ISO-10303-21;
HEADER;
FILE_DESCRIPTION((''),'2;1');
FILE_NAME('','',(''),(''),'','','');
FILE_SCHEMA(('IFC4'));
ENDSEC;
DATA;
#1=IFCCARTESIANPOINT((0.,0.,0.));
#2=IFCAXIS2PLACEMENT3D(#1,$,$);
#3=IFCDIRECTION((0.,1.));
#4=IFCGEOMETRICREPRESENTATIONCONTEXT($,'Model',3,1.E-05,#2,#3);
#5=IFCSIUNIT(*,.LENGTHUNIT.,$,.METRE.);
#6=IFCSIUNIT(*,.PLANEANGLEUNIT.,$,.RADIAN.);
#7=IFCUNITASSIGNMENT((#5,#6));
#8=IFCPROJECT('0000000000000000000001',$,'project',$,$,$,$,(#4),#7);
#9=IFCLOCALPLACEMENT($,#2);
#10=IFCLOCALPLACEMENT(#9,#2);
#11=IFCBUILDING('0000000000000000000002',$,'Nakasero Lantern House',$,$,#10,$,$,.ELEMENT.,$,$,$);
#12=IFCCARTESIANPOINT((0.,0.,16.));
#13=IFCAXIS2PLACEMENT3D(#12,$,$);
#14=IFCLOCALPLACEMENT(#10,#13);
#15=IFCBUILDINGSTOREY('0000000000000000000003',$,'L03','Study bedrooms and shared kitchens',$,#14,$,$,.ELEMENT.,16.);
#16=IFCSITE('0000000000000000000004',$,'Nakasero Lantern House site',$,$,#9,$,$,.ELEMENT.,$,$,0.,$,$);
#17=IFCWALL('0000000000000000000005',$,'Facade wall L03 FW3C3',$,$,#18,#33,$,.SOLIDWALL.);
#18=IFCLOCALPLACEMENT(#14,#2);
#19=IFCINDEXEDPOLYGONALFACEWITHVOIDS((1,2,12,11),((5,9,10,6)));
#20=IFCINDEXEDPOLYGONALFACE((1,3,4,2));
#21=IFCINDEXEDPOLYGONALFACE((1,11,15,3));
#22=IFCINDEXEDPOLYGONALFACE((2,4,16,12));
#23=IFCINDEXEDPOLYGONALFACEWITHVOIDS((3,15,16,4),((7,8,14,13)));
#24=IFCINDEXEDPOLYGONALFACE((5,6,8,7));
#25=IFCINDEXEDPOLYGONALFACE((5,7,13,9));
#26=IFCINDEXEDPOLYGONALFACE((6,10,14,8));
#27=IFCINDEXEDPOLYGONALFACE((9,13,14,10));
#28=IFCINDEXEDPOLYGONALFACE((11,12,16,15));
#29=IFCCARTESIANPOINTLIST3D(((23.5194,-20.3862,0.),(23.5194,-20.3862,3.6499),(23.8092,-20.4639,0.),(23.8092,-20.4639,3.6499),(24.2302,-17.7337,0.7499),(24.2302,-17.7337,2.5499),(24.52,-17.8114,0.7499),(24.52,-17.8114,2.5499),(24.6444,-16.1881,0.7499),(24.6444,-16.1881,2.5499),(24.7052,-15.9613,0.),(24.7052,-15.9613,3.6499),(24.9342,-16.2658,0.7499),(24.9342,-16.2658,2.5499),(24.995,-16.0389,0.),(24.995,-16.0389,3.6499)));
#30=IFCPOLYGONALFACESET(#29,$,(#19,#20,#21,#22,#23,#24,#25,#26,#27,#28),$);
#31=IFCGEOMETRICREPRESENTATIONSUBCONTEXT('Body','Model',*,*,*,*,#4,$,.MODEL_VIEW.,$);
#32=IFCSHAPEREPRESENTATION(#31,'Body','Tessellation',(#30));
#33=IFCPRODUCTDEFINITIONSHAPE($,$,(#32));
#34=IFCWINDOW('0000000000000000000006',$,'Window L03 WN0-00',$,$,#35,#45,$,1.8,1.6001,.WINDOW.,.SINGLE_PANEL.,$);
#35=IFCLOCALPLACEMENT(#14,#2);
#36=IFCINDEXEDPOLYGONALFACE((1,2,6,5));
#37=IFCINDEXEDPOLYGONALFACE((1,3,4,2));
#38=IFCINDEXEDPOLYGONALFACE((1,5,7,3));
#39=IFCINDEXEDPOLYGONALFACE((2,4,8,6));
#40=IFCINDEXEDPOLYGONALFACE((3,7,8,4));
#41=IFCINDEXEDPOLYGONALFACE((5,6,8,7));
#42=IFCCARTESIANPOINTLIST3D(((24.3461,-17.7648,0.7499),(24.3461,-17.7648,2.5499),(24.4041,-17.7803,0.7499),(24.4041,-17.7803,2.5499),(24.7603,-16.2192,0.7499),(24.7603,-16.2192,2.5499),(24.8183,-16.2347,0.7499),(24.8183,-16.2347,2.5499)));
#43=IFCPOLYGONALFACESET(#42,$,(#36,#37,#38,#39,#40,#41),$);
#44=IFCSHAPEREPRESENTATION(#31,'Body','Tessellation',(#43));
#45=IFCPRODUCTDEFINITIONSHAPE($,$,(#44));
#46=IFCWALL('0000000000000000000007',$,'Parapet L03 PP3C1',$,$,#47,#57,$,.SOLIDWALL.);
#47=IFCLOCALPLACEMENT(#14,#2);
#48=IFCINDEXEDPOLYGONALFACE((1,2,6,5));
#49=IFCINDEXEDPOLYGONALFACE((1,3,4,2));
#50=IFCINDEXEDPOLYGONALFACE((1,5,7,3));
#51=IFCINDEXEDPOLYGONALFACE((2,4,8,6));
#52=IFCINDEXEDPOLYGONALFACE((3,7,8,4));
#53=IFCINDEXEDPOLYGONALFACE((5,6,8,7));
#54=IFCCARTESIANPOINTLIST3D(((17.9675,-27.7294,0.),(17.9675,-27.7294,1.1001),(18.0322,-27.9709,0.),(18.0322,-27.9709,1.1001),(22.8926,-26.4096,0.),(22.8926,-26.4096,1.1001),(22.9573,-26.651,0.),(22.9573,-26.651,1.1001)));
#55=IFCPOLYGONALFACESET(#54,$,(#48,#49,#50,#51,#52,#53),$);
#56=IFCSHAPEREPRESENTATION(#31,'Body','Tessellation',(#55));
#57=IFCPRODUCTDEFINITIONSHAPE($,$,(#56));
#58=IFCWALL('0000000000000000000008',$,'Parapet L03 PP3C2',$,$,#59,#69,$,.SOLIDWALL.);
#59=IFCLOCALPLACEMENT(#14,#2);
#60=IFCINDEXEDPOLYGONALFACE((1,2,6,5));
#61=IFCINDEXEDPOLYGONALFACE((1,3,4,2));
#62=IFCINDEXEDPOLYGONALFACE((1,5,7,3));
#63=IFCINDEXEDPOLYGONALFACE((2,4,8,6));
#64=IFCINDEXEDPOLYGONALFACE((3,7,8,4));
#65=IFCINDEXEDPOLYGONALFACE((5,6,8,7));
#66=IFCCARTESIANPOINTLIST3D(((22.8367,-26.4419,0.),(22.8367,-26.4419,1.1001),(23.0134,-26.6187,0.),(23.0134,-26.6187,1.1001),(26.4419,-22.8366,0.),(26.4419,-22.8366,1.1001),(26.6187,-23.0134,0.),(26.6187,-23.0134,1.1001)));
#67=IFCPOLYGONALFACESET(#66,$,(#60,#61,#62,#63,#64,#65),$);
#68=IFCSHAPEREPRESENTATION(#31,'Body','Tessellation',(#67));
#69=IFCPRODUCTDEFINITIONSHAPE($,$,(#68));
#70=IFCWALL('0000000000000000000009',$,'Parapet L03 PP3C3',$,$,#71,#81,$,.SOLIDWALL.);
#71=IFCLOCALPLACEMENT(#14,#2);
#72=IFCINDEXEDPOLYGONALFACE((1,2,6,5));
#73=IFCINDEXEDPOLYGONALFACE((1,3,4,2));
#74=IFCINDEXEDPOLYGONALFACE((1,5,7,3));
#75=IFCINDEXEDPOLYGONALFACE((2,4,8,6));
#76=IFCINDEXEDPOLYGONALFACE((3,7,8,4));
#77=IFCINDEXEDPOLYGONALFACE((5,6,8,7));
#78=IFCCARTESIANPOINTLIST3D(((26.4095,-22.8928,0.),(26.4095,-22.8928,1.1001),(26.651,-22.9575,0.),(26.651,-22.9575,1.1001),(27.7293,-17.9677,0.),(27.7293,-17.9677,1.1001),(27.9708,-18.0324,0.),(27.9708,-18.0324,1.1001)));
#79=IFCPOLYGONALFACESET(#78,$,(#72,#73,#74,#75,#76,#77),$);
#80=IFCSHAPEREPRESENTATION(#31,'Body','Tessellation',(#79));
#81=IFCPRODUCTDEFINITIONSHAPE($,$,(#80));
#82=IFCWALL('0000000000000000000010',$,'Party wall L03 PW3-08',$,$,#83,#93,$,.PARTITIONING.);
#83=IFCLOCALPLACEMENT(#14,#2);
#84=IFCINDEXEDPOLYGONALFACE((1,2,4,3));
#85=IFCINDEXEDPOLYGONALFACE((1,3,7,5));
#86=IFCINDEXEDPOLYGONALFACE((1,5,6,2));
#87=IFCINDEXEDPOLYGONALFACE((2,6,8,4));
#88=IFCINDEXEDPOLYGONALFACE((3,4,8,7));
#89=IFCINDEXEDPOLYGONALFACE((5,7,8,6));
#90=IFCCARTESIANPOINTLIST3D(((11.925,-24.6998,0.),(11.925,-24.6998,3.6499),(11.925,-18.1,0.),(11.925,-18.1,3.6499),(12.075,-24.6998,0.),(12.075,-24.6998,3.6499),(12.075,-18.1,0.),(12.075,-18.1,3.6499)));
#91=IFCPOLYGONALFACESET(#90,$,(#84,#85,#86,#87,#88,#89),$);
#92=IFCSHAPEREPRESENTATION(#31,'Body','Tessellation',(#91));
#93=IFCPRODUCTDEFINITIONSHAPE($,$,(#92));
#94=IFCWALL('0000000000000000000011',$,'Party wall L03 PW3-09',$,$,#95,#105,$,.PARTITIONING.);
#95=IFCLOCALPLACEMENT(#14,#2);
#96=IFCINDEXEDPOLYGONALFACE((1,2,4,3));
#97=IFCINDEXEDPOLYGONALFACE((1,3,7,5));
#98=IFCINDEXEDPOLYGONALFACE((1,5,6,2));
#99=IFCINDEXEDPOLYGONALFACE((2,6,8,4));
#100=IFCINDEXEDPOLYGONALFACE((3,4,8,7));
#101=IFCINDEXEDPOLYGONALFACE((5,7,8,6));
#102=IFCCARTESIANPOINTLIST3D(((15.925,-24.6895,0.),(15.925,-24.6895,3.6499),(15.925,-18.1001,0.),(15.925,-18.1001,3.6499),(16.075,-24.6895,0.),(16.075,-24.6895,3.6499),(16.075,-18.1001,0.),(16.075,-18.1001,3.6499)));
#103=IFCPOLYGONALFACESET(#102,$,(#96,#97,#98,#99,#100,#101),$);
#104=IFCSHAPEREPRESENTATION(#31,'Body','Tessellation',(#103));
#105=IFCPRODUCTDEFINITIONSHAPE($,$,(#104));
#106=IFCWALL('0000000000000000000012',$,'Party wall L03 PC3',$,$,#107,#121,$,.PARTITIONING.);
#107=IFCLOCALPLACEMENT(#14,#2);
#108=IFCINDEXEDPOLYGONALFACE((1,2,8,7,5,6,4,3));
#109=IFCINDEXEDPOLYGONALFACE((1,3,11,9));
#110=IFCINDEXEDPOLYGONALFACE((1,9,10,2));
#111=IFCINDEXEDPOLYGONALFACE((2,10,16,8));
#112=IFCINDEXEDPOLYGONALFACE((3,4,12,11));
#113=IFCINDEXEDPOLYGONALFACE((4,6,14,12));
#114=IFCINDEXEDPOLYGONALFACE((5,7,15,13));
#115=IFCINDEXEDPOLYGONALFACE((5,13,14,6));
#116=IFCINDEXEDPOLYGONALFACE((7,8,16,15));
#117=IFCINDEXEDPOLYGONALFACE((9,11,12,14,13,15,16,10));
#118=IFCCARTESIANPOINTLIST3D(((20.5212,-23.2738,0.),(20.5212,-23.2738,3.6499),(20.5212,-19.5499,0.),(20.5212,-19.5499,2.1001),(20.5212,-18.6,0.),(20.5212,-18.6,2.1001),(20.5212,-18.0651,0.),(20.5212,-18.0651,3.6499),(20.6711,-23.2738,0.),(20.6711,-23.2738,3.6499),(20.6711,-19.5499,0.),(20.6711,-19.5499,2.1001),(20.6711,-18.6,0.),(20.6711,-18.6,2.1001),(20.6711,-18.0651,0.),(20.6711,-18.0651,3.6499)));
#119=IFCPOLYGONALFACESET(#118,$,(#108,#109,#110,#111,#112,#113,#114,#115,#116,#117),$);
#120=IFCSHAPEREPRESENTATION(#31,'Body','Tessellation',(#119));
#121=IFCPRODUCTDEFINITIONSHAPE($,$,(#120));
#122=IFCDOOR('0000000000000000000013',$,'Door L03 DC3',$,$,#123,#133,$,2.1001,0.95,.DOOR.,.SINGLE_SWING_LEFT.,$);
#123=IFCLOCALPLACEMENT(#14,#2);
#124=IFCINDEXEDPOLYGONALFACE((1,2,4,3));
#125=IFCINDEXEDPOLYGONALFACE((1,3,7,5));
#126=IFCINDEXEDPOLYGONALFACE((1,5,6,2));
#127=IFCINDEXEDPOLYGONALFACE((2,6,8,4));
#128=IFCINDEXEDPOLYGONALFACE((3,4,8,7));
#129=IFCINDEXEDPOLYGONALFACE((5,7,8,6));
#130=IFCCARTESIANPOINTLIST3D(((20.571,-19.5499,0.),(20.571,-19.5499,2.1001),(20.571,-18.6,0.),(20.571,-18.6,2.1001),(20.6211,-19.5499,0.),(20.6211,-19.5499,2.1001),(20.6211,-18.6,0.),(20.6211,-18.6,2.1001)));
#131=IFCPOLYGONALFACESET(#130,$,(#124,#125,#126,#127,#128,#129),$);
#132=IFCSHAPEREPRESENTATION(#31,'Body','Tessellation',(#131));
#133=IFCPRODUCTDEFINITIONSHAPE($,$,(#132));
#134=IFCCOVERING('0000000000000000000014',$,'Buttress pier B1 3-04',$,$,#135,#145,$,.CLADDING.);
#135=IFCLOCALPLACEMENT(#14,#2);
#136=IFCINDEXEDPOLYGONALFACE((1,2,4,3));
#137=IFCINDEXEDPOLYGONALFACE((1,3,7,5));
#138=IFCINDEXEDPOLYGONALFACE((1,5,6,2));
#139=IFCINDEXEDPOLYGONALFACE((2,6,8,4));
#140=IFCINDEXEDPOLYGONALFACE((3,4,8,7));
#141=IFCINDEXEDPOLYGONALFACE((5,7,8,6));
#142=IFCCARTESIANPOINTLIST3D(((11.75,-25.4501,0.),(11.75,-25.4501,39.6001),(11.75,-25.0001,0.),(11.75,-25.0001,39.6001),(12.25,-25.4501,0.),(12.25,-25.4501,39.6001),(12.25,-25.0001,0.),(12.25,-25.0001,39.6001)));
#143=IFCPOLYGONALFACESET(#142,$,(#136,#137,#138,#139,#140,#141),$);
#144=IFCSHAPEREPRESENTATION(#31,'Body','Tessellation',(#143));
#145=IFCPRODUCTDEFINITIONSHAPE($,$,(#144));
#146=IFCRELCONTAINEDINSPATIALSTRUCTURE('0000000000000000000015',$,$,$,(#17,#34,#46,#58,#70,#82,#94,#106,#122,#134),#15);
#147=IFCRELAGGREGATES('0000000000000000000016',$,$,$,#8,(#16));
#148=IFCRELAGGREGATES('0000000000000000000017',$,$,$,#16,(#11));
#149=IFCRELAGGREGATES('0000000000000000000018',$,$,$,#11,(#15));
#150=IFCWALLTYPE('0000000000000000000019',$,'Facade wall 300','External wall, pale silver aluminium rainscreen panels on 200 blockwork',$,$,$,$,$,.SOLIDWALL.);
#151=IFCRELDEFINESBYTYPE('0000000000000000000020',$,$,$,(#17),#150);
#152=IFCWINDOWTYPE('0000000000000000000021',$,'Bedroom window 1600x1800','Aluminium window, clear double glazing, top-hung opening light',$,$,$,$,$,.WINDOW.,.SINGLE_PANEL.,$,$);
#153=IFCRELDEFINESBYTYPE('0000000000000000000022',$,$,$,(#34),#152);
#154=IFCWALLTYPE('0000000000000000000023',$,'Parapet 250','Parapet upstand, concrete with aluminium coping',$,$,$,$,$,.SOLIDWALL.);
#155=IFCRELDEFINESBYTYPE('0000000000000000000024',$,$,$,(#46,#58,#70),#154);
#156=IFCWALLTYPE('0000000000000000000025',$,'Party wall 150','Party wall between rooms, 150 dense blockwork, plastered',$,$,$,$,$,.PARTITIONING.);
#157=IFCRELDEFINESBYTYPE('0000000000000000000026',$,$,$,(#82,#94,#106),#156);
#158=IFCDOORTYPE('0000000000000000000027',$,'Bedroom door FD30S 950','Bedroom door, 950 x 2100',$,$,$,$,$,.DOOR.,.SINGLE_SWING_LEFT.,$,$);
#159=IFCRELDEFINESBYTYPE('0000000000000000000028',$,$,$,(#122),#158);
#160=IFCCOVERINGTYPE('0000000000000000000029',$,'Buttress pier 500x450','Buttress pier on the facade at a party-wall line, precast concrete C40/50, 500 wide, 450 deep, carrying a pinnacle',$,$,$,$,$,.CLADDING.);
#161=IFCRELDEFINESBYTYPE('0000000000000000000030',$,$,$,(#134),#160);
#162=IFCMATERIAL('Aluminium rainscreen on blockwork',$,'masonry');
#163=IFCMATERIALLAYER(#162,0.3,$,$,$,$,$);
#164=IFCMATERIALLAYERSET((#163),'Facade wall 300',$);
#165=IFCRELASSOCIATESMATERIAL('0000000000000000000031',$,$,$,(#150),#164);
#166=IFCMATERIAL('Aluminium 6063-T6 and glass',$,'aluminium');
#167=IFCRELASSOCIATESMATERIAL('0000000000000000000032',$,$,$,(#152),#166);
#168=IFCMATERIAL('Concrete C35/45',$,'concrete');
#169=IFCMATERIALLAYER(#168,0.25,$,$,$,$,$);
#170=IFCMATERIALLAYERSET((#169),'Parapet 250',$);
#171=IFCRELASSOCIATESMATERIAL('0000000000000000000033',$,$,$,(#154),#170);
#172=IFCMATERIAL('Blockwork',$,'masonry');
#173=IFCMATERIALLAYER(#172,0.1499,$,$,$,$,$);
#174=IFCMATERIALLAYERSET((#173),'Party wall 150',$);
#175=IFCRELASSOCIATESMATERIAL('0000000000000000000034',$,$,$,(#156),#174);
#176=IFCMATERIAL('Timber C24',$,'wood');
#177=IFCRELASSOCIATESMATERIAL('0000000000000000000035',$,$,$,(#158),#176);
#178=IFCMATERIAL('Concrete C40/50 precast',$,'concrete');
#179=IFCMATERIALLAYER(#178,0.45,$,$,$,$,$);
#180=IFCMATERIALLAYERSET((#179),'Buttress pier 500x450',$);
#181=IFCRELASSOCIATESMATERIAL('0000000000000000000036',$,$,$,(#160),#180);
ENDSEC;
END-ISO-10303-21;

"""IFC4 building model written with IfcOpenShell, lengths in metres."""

from ifc_helpers import new_model, si_unit, direction, frame, frame_2d, origin, origin_2d, place, context, subcontext, project, spatial, rectangle, extrude, material, layer, layer_set, type_object, element, fill, save


model = new_model("IFC4")

# Units and contexts
model_context = context("Model", 3, precision=1e-05, world=origin(), true_north=direction((0.0, 1.0)))
body_context = subcontext(model_context, "Body", "Model", "MODEL_VIEW")
ifc_project = project(units=[si_unit("LENGTHUNIT", "METRE"), si_unit("PLANEANGLEUNIT", "RADIAN")], contexts=[model_context])

# Site, building, storey
site_placement = place(None, origin())
site = spatial("IfcSite", under=ifc_project, at=site_placement, Name="Nakasero Lantern House site", CompositionType="ELEMENT", RefElevation=0.0)
building_placement = place(site_placement, origin())
building = spatial("IfcBuilding", under=site, at=building_placement, Name="Nakasero Lantern House", CompositionType="ELEMENT")
storey_placement = place(building_placement, frame((0.0, 0.0, 16.0)))
storey = spatial("IfcBuildingStorey", under=building, at=storey_placement, Name="L03", Description="Study bedrooms and shared kitchens", CompositionType="ELEMENT", Elevation=16.0)

# Shared definitions
ifc_material_1 = material(Name="Aluminium rainscreen on blockwork", Category="masonry")
ifc_layer_1 = layer(ifc_material_1, 0.3)
ifc_layer_set_1 = layer_set([ifc_layer_1], Name="Facade wall 300")
wall_type_1 = type_object("IfcWallType", Name="Facade wall 300", Description="External wall, pale silver aluminium rainscreen panels on 200 blockwork", PredefinedType="SOLIDWALL", material=ifc_layer_set_1)

# Wall, opening, window
wall_1_placement = place(storey_placement, frame((23.6643, -20.425, 0.0), z_axis=(0.0, 0.0, 1.0), x_axis=(0.25884, 0.96592, 0.0)))
wall_1 = element("IfcWall", 1, at=wall_1_placement, inside=storey, type_object=wall_type_1, Name="Facade wall L03 FW3C3", PredefinedType="SOLIDWALL", context=body_context, shape_type="SweptSolid", body=[
    extrude(rectangle(XDim=4.5811, YDim=0.3, at=frame_2d((2.2905, 0.0))), origin(), (0.0, 0.0, 1.0), 3.6499),
])
opening_1_placement = place(wall_1_placement, frame((2.7461, 0.0, 0.75)))
opening_1 = element("IfcOpeningElement", 2, at=opening_1_placement, cuts=wall_1, PredefinedType="OPENING", context=body_context, shape_type="SweptSolid", body=[
    extrude(rectangle(XDim=1.6001, YDim=1.8, at=frame_2d((0.8, 0.8999))), frame((0.0, 0.1699, 0.0), z_axis=(0.0, -1.0, 0.0), x_axis=(1.0, 0.0, 0.0)), (0.0, 0.0, 1.0), 0.3401),
])
ifc_material_2 = material(Name="Aluminium 6063-T6 and glass", Category="aluminium")
window_type_1 = type_object("IfcWindowType", Name="Bedroom window 1600x1800", Description="Aluminium window, clear double glazing, top-hung opening light", PartitioningType="SINGLE_PANEL", PredefinedType="WINDOW", material=ifc_material_2)
window_1_placement = place(opening_1_placement, origin())
window_1 = element("IfcWindow", 3, at=window_1_placement, inside=storey, type_object=window_type_1, Name="Window L03 WN0-00", OverallHeight=1.8, OverallWidth=1.6001, PartitioningType="SINGLE_PANEL", PredefinedType="WINDOW", context=body_context, shape_type="SweptSolid", body=[
    extrude(rectangle(XDim=1.6001, YDim=1.8, at=frame_2d((0.8, 0.8999))), frame((0.0, 0.03, 0.0), z_axis=(0.0, -1.0, 0.0), x_axis=(1.0, 0.0, 0.0)), (0.0, 0.0, 1.0), 0.0601),
])
fill(opening_1, window_1)

# Walls
ifc_material_3 = material(Name="Concrete C35/45", Category="concrete")
ifc_layer_2 = layer(ifc_material_3, 0.25)
ifc_layer_set_2 = layer_set([ifc_layer_2], Name="Parapet 250")
wall_type_2 = type_object("IfcWallType", Name="Parapet 250", Description="Parapet upstand, concrete with aluminium coping", PredefinedType="SOLIDWALL", material=ifc_layer_set_2)
wall_2_placement = place(storey_placement, frame((18.0, -27.8501, 0.0), z_axis=(0.0, 0.0, 1.0), x_axis=(0.965918, 0.258849, 0.0)))
element("IfcWall", 4, at=wall_2_placement, inside=storey, type_object=wall_type_2, Name="Parapet L03 PP3C1", PredefinedType="SOLIDWALL", context=body_context, shape_type="SweptSolid", body=[
    extrude(rectangle(XDim=5.0989, YDim=0.25, at=frame_2d((2.5493, 0.0))), origin(), (0.0, 0.0, 1.0), 1.1001),
])
wall_3_placement = place(storey_placement, frame((22.925, -26.5303, 0.0), z_axis=(0.0, 0.0, 1.0), x_axis=(0.707107, 0.707107, 0.0)))
element("IfcWall", 5, at=wall_3_placement, inside=storey, type_object=wall_type_2, Name="Parapet L03 PP3C2", PredefinedType="SOLIDWALL", context=body_context, shape_type="SweptSolid", body=[
    extrude(rectangle(XDim=5.0986, YDim=0.25, at=frame_2d((2.5493, 0.0))), origin(), (0.0, 0.0, 1.0), 1.1001),
])
wall_4_placement = place(storey_placement, frame((26.5303, -22.925, 0.0), z_axis=(0.0, 0.0, 1.0), x_axis=(0.258849, 0.965918, 0.0)))
element("IfcWall", 6, at=wall_4_placement, inside=storey, type_object=wall_type_2, Name="Parapet L03 PP3C3", PredefinedType="SOLIDWALL", context=body_context, shape_type="SweptSolid", body=[
    extrude(rectangle(XDim=5.0989, YDim=0.25, at=frame_2d((2.5493, 0.0))), origin(), (0.0, 0.0, 1.0), 1.1001),
])
ifc_material_4 = material(Name="Blockwork", Category="masonry")
ifc_layer_3 = layer(ifc_material_4, 0.1499)
ifc_layer_set_3 = layer_set([ifc_layer_3], Name="Party wall 150")
wall_type_3 = type_object("IfcWallType", Name="Party wall 150", Description="Party wall between rooms, 150 dense blockwork, plastered", PredefinedType="PARTITIONING", material=ifc_layer_set_3)
wall_5_placement = place(storey_placement, frame((12.0, -18.1001, 0.0), z_axis=(0.0, 0.0, 1.0), x_axis=(0.0, -1.0, 0.0)))
element("IfcWall", 7, at=wall_5_placement, inside=storey, type_object=wall_type_3, Name="Party wall L03 PW3-08", PredefinedType="PARTITIONING", context=body_context, shape_type="SweptSolid", body=[
    extrude(rectangle(XDim=6.5999, YDim=0.1499, at=frame_2d((3.2998, 0.0))), origin(), (0.0, 0.0, 1.0), 3.6499),
])
wall_6_placement = place(storey_placement, frame((16.0, -18.1001, 0.0), z_axis=(0.0, 0.0, 1.0), x_axis=(0.0, -1.0, 0.0)))
element("IfcWall", 8, at=wall_6_placement, inside=storey, type_object=wall_type_3, Name="Party wall L03 PW3-09", PredefinedType="PARTITIONING", context=body_context, shape_type="SweptSolid", body=[
    extrude(rectangle(XDim=6.5894, YDim=0.1499, at=frame_2d((3.2947, 0.0))), origin(), (0.0, 0.0, 1.0), 3.6499),
])

# Wall, opening, door
wall_7_placement = place(storey_placement, frame((20.5962, -18.0649, 0.0), z_axis=(0.0, 0.0, 1.0), x_axis=(0.0, -1.0, 0.0)))
wall_7 = element("IfcWall", 9, at=wall_7_placement, inside=storey, type_object=wall_type_3, Name="Party wall L03 PC3", PredefinedType="PARTITIONING", context=body_context, shape_type="SweptSolid", body=[
    extrude(rectangle(XDim=5.2087, YDim=0.1499, at=frame_2d((2.6045, 0.0))), origin(), (0.0, 0.0, 1.0), 3.6499),
])
opening_2_placement = place(wall_7_placement, frame((0.5349, 0.0, 0.0)))
opening_2 = element("IfcOpeningElement", 10, at=opening_2_placement, cuts=wall_7, PredefinedType="OPENING", context=body_context, shape_type="SweptSolid", body=[
    extrude(rectangle(XDim=0.95, YDim=2.1001, at=frame_2d((0.4751, 1.05))), frame((0.0, 0.095, 0.0), z_axis=(0.0, -1.0, 0.0), x_axis=(1.0, 0.0, 0.0)), (0.0, 0.0, 1.0), 0.1899),
])
ifc_material_5 = material(Name="Timber C24", Category="wood")
door_type_1 = type_object("IfcDoorType", Name="Bedroom door FD30S 950", Description="Bedroom door, 950 x 2100", OperationType="SINGLE_SWING_LEFT", PredefinedType="DOOR", material=ifc_material_5)
door_1_placement = place(opening_2_placement, origin())
door_1 = element("IfcDoor", 11, at=door_1_placement, inside=storey, type_object=door_type_1, Name="Door L03 DC3", OperationType="SINGLE_SWING_LEFT", OverallHeight=2.1001, OverallWidth=0.95, PredefinedType="DOOR", context=body_context, shape_type="SweptSolid", body=[
    extrude(rectangle(XDim=0.95, YDim=2.1001, at=frame_2d((0.4751, 1.05))), frame((0.0, 0.0249, 0.0), z_axis=(0.0, -1.0, 0.0), x_axis=(1.0, 0.0, 0.0)), (0.0, 0.0, 1.0), 0.05),
])
fill(opening_2, door_1)

# Covering
ifc_material_6 = material(Name="Concrete C40/50 precast", Category="concrete")
ifc_layer_4 = layer(ifc_material_6, 0.45)
ifc_layer_set_4 = layer_set([ifc_layer_4], Name="Buttress pier 500x450")
covering_type = type_object("IfcCoveringType", Name="Buttress pier 500x450", Description="Buttress pier on the facade at a party-wall line, precast concrete C40/50, 500 wide, 450 deep, carrying a pinnacle", PredefinedType="CLADDING", material=ifc_layer_set_4)
covering_placement = place(storey_placement, frame((12.0, -25.2251, 0.0), z_axis=(0.0, 0.0, 1.0), x_axis=(0.0, -1.0, 0.0)))
element("IfcCovering", 12, at=covering_placement, inside=storey, type_object=covering_type, Name="Buttress pier B1 3-04", PredefinedType="CLADDING", context=body_context, shape_type="SweptSolid", body=[
    extrude(rectangle(XDim=0.45, YDim=0.5, at=origin_2d()), origin(), (0.0, 0.0, 1.0), 39.6001),
])

save(model, "model.ifc")
